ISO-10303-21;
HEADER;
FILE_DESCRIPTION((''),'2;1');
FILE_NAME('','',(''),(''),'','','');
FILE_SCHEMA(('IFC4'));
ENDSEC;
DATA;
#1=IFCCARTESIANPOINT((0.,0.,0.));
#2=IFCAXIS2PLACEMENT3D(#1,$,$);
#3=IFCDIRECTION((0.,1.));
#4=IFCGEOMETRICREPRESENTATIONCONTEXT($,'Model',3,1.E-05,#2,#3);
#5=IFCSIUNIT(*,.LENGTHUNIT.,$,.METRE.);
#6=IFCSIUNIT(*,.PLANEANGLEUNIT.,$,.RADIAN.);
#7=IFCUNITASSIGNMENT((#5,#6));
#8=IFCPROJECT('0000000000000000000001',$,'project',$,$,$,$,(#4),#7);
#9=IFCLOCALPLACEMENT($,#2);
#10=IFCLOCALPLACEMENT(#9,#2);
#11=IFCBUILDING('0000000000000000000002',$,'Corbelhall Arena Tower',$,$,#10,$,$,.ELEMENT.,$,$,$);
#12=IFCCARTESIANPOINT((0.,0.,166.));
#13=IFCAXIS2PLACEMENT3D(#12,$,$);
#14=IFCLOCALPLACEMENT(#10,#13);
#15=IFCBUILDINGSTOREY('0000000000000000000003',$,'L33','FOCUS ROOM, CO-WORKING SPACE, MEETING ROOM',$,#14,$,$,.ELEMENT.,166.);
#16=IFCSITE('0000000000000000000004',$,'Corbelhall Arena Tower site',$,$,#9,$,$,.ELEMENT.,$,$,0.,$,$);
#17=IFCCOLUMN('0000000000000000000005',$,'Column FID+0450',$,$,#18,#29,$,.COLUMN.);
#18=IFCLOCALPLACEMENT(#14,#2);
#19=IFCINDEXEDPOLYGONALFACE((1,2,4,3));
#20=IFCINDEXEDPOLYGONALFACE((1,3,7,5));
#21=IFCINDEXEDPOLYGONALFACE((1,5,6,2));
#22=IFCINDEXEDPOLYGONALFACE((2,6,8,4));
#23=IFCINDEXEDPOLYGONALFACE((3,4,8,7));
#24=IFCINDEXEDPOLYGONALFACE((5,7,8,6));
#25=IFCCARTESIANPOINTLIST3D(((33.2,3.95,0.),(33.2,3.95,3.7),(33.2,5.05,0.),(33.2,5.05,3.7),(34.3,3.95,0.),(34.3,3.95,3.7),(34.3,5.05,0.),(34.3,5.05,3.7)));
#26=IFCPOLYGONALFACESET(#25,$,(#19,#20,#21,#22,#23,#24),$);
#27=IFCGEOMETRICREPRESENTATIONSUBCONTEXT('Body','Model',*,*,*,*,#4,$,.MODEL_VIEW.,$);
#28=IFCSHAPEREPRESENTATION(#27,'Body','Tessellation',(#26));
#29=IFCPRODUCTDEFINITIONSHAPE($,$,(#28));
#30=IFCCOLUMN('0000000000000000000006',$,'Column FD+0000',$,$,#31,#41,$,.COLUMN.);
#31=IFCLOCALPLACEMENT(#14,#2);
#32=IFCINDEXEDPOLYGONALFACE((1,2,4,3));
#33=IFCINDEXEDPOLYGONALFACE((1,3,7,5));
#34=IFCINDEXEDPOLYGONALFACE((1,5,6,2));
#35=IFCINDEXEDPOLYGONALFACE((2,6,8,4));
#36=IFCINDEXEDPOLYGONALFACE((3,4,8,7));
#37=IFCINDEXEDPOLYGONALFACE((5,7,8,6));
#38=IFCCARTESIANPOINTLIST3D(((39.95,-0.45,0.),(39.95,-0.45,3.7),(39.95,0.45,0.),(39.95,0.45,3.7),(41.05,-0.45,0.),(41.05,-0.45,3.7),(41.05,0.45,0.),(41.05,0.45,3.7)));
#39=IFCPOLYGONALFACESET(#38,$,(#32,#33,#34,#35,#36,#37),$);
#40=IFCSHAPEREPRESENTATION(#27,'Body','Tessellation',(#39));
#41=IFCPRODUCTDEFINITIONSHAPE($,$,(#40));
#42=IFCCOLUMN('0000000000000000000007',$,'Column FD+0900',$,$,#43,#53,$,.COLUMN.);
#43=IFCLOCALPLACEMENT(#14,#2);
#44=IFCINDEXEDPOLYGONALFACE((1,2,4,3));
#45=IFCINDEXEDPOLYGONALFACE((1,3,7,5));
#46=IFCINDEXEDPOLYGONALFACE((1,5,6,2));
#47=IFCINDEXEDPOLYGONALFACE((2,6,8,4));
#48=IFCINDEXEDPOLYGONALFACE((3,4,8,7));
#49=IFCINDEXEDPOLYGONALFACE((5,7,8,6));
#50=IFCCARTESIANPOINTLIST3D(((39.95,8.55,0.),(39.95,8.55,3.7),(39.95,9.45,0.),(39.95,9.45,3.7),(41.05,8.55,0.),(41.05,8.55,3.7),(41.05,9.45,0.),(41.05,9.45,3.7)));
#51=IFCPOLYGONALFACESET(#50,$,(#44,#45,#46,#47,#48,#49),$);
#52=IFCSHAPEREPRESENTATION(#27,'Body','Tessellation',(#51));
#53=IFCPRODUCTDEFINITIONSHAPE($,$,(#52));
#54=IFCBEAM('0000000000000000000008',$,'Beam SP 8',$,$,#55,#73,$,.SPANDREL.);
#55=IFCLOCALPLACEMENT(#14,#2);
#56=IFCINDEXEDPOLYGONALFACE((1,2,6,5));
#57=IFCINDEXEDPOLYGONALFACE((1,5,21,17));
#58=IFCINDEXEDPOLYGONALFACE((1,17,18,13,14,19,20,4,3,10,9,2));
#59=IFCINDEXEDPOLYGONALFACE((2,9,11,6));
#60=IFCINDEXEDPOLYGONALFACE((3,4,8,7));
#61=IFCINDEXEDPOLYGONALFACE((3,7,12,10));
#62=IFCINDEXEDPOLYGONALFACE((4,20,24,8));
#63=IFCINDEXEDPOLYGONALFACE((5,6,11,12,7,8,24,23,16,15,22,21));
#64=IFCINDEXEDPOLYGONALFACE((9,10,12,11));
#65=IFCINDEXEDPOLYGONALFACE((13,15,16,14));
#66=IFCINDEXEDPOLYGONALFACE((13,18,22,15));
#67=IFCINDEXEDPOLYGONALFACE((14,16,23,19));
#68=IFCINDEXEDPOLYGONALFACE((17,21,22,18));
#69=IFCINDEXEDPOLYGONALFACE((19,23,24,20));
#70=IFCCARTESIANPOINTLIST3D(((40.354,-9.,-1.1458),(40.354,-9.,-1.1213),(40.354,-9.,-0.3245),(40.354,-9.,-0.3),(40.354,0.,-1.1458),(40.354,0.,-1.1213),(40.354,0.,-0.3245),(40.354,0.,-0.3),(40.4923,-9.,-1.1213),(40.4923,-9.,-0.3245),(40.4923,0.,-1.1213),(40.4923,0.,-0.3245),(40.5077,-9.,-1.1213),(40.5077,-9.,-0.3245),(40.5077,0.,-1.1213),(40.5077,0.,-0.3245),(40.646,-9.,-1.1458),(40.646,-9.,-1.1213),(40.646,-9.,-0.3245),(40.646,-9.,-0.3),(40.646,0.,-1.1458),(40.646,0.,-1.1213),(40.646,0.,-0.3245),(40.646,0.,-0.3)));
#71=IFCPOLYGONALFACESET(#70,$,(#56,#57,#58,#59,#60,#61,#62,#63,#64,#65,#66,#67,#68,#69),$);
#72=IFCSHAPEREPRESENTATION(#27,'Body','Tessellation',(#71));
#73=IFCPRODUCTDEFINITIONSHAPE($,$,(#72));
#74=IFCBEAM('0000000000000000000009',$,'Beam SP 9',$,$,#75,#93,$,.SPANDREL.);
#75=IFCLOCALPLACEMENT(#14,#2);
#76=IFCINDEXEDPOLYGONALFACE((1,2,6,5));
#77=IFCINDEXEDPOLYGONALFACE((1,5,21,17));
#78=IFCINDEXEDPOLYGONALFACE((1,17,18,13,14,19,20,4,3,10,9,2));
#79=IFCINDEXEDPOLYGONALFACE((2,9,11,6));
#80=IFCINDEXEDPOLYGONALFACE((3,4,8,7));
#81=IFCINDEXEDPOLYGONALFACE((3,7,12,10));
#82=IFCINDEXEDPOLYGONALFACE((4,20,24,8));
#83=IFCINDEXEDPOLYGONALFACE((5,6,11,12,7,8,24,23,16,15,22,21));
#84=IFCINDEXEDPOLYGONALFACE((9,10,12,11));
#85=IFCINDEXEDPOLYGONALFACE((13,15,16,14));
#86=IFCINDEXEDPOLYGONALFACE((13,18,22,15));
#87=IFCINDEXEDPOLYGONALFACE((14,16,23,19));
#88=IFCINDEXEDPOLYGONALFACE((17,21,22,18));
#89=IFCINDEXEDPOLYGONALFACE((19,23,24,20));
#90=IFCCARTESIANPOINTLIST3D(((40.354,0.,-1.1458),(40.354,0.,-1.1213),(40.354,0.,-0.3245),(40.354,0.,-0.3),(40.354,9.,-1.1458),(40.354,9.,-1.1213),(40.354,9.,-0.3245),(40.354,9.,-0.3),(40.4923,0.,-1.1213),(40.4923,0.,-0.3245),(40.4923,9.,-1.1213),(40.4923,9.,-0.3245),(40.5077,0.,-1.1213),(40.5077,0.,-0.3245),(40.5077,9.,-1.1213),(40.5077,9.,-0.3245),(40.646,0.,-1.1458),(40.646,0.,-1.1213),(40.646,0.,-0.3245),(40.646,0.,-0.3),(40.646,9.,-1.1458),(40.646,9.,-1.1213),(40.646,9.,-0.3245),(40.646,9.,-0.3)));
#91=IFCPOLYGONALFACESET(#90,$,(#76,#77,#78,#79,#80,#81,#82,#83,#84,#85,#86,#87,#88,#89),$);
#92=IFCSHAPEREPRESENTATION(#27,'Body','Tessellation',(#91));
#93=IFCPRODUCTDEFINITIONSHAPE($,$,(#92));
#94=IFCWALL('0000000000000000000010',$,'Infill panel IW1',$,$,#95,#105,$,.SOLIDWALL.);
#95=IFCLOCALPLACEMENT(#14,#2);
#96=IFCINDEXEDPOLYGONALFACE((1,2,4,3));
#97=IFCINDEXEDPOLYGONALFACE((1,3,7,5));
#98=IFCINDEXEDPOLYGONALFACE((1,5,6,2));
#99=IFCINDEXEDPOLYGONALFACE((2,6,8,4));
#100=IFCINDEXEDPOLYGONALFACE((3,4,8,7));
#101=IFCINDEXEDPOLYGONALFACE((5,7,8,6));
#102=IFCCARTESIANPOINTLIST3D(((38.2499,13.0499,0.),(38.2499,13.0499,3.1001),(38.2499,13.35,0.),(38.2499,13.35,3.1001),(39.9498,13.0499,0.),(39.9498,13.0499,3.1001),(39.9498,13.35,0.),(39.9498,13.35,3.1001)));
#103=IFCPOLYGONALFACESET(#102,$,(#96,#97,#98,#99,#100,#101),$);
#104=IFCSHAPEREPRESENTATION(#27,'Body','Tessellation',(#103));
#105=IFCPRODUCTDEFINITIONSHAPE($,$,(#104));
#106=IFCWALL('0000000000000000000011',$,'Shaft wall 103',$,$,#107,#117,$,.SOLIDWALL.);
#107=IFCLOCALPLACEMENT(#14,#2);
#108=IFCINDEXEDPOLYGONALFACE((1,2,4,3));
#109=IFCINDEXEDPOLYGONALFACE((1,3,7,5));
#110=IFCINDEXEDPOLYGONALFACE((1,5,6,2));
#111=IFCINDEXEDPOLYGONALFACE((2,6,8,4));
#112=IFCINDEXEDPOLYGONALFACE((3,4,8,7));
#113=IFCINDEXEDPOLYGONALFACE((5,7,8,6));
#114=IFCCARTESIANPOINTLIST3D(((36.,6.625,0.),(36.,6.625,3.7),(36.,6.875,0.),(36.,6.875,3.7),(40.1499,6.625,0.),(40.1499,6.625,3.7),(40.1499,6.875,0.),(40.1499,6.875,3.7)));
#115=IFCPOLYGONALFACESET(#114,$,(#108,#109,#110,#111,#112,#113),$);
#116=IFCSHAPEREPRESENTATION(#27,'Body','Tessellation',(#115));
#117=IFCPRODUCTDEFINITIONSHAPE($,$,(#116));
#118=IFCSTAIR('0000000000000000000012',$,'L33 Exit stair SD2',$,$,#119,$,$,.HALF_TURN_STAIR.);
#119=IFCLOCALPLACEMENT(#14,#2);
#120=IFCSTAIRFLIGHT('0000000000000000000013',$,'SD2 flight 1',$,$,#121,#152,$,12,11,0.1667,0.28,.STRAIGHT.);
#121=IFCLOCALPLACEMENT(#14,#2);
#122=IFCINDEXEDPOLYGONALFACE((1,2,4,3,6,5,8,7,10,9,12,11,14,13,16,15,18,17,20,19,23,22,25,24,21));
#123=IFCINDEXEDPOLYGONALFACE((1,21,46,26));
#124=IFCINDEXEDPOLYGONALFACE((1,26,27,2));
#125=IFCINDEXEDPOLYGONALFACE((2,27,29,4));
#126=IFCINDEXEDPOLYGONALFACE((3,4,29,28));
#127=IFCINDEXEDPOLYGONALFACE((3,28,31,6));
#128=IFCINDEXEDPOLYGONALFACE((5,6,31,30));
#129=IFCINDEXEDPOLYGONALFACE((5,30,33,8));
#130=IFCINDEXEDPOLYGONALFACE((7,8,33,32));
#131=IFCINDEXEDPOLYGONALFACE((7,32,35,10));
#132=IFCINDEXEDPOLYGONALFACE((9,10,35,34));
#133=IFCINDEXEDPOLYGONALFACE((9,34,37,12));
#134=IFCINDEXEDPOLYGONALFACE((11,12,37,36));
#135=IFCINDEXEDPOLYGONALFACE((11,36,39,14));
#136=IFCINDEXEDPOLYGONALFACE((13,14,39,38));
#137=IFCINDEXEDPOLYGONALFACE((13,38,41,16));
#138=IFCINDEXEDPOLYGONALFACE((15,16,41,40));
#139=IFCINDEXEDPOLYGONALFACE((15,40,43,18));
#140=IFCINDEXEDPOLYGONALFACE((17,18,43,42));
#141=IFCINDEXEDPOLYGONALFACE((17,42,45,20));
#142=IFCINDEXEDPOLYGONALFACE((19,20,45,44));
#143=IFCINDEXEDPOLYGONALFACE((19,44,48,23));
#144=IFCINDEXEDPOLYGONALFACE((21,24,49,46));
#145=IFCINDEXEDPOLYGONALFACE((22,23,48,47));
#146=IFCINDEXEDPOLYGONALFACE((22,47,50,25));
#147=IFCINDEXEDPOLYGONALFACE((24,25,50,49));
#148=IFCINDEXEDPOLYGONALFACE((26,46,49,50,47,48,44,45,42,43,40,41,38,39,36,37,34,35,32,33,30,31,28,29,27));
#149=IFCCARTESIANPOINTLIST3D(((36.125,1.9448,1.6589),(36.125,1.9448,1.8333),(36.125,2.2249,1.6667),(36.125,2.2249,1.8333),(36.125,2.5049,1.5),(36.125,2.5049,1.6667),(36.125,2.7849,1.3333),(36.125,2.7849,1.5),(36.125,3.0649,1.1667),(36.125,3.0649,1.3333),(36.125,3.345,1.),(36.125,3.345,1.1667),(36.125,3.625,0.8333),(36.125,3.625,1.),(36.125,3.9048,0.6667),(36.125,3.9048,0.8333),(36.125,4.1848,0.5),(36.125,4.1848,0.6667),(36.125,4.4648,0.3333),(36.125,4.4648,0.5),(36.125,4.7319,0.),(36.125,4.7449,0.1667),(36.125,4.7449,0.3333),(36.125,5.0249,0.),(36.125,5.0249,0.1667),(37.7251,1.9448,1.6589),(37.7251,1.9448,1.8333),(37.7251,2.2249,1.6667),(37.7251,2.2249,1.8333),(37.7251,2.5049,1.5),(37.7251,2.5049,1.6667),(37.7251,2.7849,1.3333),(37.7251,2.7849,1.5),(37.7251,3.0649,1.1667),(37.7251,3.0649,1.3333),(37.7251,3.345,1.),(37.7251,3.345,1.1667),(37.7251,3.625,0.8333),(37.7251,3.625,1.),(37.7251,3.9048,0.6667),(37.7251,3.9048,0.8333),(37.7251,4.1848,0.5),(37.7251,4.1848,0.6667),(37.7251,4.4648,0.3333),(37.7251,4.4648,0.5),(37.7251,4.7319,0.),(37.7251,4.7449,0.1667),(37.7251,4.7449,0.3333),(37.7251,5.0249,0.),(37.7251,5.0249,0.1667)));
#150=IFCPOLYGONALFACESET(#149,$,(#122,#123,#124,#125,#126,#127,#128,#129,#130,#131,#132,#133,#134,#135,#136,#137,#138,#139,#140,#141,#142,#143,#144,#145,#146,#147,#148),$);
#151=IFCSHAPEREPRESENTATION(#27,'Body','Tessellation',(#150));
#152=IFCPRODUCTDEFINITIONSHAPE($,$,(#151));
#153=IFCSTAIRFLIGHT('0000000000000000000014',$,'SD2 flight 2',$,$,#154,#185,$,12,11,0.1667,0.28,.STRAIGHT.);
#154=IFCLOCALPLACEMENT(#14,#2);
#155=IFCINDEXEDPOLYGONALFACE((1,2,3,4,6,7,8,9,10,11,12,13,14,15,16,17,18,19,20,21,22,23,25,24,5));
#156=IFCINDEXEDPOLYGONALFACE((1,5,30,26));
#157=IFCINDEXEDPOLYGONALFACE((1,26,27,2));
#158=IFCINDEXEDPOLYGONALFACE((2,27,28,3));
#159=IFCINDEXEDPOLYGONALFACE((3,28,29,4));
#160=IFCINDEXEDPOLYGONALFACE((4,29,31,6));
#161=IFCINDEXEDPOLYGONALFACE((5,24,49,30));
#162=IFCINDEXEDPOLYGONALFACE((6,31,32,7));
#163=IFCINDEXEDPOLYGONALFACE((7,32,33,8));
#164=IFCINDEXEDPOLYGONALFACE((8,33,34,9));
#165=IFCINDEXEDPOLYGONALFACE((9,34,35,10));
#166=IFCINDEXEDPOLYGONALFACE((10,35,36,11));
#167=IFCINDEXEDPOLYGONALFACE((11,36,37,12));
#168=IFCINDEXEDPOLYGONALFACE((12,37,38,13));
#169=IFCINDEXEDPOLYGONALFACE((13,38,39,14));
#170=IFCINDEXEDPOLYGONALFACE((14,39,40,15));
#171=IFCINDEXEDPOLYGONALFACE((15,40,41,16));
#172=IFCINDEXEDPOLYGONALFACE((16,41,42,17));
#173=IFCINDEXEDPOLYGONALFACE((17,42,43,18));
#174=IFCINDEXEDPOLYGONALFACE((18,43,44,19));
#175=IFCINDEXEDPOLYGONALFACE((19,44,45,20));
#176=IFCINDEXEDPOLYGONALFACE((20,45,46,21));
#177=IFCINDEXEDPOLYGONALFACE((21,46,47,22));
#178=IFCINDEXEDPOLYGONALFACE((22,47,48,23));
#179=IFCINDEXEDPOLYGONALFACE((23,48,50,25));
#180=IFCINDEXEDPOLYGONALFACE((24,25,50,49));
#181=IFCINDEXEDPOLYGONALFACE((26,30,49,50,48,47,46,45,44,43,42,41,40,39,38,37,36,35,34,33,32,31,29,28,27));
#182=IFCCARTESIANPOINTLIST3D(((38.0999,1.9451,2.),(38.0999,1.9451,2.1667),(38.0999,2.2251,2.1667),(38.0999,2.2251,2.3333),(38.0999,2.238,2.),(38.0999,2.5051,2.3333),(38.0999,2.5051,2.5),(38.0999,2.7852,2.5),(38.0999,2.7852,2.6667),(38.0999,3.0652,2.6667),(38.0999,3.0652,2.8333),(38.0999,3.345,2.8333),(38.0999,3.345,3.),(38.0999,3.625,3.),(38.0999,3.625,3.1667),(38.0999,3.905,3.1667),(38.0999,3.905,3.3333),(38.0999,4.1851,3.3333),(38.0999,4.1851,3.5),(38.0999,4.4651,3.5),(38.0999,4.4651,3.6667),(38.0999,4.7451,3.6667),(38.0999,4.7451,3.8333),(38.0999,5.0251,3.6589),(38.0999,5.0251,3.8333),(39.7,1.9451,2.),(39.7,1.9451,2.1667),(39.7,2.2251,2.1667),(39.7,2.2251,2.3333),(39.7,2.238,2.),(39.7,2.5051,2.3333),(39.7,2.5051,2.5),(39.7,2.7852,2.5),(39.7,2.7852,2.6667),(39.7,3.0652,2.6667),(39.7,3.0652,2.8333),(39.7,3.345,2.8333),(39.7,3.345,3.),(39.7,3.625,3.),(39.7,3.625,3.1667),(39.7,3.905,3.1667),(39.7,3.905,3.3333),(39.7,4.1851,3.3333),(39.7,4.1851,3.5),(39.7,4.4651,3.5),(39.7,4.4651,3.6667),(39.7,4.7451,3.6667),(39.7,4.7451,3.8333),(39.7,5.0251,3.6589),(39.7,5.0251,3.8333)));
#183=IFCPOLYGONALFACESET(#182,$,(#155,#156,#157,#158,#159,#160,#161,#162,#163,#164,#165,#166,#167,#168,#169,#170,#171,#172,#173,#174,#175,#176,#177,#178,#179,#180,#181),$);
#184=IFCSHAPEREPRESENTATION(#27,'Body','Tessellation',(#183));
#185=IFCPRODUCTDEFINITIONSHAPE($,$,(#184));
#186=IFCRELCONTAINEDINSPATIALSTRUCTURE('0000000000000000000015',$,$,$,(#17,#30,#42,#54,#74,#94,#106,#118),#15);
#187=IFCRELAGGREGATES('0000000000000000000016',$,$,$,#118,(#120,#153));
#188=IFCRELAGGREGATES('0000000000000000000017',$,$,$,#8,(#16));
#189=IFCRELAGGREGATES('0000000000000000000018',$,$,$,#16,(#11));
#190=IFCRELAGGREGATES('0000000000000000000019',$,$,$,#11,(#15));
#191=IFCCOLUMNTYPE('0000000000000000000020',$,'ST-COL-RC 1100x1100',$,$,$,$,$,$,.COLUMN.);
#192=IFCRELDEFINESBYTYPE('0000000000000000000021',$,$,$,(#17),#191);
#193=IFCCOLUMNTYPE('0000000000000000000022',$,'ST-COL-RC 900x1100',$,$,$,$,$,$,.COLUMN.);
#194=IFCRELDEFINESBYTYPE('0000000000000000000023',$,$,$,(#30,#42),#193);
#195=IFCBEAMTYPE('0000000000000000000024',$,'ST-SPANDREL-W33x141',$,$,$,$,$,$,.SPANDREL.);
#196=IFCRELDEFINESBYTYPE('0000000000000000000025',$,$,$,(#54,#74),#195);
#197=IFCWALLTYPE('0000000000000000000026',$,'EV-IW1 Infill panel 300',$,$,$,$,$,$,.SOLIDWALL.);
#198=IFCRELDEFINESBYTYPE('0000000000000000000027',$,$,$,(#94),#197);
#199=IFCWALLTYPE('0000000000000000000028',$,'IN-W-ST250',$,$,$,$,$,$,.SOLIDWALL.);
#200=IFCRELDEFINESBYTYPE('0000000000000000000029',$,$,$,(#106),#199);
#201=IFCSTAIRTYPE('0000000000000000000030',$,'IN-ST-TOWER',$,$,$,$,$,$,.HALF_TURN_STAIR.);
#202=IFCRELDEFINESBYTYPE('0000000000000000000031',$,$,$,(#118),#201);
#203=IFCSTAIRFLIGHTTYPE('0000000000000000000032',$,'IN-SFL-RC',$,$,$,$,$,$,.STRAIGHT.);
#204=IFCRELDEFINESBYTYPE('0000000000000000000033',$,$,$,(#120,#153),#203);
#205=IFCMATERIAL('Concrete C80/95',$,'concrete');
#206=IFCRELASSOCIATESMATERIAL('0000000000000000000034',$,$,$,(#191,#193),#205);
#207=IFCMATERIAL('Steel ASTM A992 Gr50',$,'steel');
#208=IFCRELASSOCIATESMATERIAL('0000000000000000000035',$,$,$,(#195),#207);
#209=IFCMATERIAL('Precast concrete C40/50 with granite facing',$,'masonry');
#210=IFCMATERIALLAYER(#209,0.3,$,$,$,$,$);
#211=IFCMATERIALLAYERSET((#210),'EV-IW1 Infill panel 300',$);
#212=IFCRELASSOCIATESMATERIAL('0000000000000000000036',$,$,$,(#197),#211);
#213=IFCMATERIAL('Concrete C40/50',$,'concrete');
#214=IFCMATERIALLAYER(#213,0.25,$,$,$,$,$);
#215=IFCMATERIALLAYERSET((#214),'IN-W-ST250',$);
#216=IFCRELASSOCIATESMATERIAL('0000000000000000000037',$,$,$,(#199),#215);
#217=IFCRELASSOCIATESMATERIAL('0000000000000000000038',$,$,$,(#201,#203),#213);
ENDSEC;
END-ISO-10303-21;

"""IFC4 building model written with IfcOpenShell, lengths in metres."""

from ifc_helpers import new_model, si_unit, direction, frame, frame_2d, origin, origin_2d, place, context, subcontext, project, spatial, polyline, rectangle, i_section, outline, extrude, material, layer, layer_set, material_profile, profile_set, type_object, element, aggregate, save


model = new_model("IFC4")

# Units and contexts
model_context = context("Model", 3, precision=1e-05, world=origin(), true_north=direction((0.0, 1.0)))
body_context = subcontext(model_context, "Body", "Model", "MODEL_VIEW")
ifc_project = project(units=[si_unit("LENGTHUNIT", "METRE"), si_unit("PLANEANGLEUNIT", "RADIAN")], contexts=[model_context])

# Site, building, storey
site_placement = place(None, origin())
site = spatial("IfcSite", under=ifc_project, at=site_placement, Name="Corbelhall Arena Tower site", CompositionType="ELEMENT", RefElevation=0.0)
building_placement = place(site_placement, origin())
building = spatial("IfcBuilding", under=site, at=building_placement, Name="Corbelhall Arena Tower", CompositionType="ELEMENT")
storey_placement = place(building_placement, frame((0.0, 0.0, 166.0)))
storey = spatial("IfcBuildingStorey", under=building, at=storey_placement, Name="L33", Description="FOCUS ROOM, CO-WORKING SPACE, MEETING ROOM", CompositionType="ELEMENT", Elevation=166.0)

# Columns
ifc_material_1 = material(Name="Concrete C80/95", Category="concrete")
ifc_material_profile_1 = material_profile(ifc_material_1, rectangle(XDim=1.1001, YDim=1.1001, at=origin_2d()))
ifc_profile_set_1 = profile_set([ifc_material_profile_1], Name="Concrete C80/95")
column_type_1 = type_object("IfcColumnType", Name="ST-COL-RC 1100x1100", PredefinedType="COLUMN", material=ifc_profile_set_1)
column_placement = place(storey_placement, frame((33.75, 4.5, 0.0), z_axis=(0.0, 0.0, 1.0), x_axis=(1.0, 0.0, 0.0)))
element("IfcColumn", 1, at=column_placement, inside=storey, type_object=column_type_1, Name="Column FID+0450", PredefinedType="COLUMN", context=body_context, shape_type="SweptSolid", body=[
    extrude(rectangle(XDim=1.1001, YDim=1.1001, at=origin_2d()), origin(), (0.0, 0.0, 1.0), 3.7),
])
ifc_material_profile_2 = material_profile(ifc_material_1, rectangle(XDim=0.8999, YDim=1.1001, at=origin_2d()))
ifc_profile_set_2 = profile_set([ifc_material_profile_2], Name="Concrete C80/95")
column_type_2 = type_object("IfcColumnType", Name="ST-COL-RC 900x1100", PredefinedType="COLUMN", material=ifc_profile_set_2)
for number, where, z_axis, x_axis, name in (
    (2, (40.5, 0.0, 0.0), (0.0, 0.0, 1.0), (0.0, 1.0, 0.0), "Column FD+0000"),
    (3, (40.5, 9.0, 0.0), (0.0, 0.0, 1.0), (0.0, 1.0, 0.0), "Column FD+0900"),
):
    element("IfcColumn", number, at=place(storey_placement, frame(where, z_axis=z_axis, x_axis=x_axis)), inside=storey, type_object=column_type_2, Name=name, PredefinedType="COLUMN", context=body_context, shape_type="SweptSolid", body=[
        extrude(rectangle(XDim=0.8999, YDim=1.1001, at=origin_2d()), origin(), (0.0, 0.0, 1.0), 3.7),
    ])

# Beams
ifc_material_2 = material(Name="Steel ASTM A992 Gr50", Category="steel")
ifc_material_profile_3 = material_profile(ifc_material_2, i_section(OverallWidth=0.292, OverallDepth=0.8457, WebThickness=0.0154, FlangeThickness=0.0244, at=origin_2d()))
ifc_profile_set_3 = profile_set([ifc_material_profile_3], Name="Steel ASTM A992 Gr50")
beam_type = type_object("IfcBeamType", Name="ST-SPANDREL-W33x141", PredefinedType="SPANDREL", material=ifc_profile_set_3)
for number, where, z_axis, x_axis, name in (
    (4, (40.5, 0.0, -0.7229), (0.0, -1.0, 0.0), (1.0, 0.0, 0.0), "Beam SP 8"),
    (5, (40.5, 9.0, -0.7229), (0.0, -1.0, 0.0), (1.0, 0.0, 0.0), "Beam SP 9"),
):
    element("IfcBeam", number, at=place(storey_placement, frame(where, z_axis=z_axis, x_axis=x_axis)), inside=storey, type_object=beam_type, Name=name, PredefinedType="SPANDREL", context=body_context, shape_type="SweptSolid", body=[
        extrude(i_section(OverallWidth=0.292, OverallDepth=0.8457, WebThickness=0.0154, FlangeThickness=0.0244, at=origin_2d()), origin(), (0.0, 0.0, 1.0), 9.0),
    ])

# Wall
ifc_material_3 = material(Name="Precast concrete C40/50 with granite facing", Category="masonry")
ifc_layer_1 = layer(ifc_material_3, 0.3)
ifc_layer_set_1 = layer_set([ifc_layer_1], Name="EV-IW1 Infill panel 300")
wall_type_1 = type_object("IfcWallType", Name="EV-IW1 Infill panel 300", PredefinedType="SOLIDWALL", material=ifc_layer_set_1)
wall_1_placement = place(storey_placement, frame((39.95, 13.2, 0.0), z_axis=(0.0, 0.0, 1.0), x_axis=(-1.0, 0.0, 0.0)))
element("IfcWall", 6, at=wall_1_placement, inside=storey, type_object=wall_type_1, Name="Infill panel IW1", PredefinedType="SOLIDWALL", context=body_context, shape_type="SweptSolid", body=[
    extrude(rectangle(XDim=1.7, YDim=0.3, at=frame_2d((0.8501, 0.0))), origin(), (0.0, 0.0, 1.0), 3.1001),
])

# Wall
ifc_material_4 = material(Name="Concrete C40/50", Category="concrete")
ifc_layer_2 = layer(ifc_material_4, 0.25)
ifc_layer_set_2 = layer_set([ifc_layer_2], Name="IN-W-ST250")
wall_type_2 = type_object("IfcWallType", Name="IN-W-ST250", PredefinedType="SOLIDWALL", material=ifc_layer_set_2)
wall_2_placement = place(storey_placement, frame((36.0, 6.75, 0.0), z_axis=(0.0, 0.0, 1.0), x_axis=(1.0, 0.0, 0.0)))
element("IfcWall", 7, at=wall_2_placement, inside=storey, type_object=wall_type_2, Name="Shaft wall 103", PredefinedType="SOLIDWALL", context=body_context, shape_type="SweptSolid", body=[
    extrude(rectangle(XDim=4.1499, YDim=0.25, at=frame_2d((2.075, 0.0))), origin(), (0.0, 0.0, 1.0), 3.7),
])

# Stair, stair flights
stair_type = type_object("IfcStairType", Name="IN-ST-TOWER", PredefinedType="HALF_TURN_STAIR", material=ifc_material_4)
stair_placement = place(storey_placement, origin())
stair = element("IfcStair", 8, at=stair_placement, inside=storey, type_object=stair_type, Name="L33 Exit stair SD2", PredefinedType="HALF_TURN_STAIR")
stair_flight_type = type_object("IfcStairFlightType", Name="IN-SFL-RC", PredefinedType="STRAIGHT", material=ifc_material_4)
stair_flight_1_placement = place(storey_placement, frame((36.925, 5.0249, 0.0), z_axis=(0.0, 0.0, 1.0), x_axis=(0.0, -1.0, 0.0)))
stair_flight_1 = element("IfcStairFlight", 9, at=stair_flight_1_placement, type_object=stair_flight_type, Name="SD2 flight 1", NumberOfRisers=12, NumberOfTreads=11, PredefinedType="STRAIGHT", RiserHeight=0.1667, TreadLength=0.28, context=body_context, shape_type="SweptSolid", body=[
    extrude(outline(polyline([(0.0, 0.0), (0.0, 0.1667), (0.28, 0.1667), (0.28, 0.3333), (0.5601, 0.3333), (0.5601, 0.5), (0.8401, 0.5), (0.8401, 0.6667), (1.1201, 0.6667), (1.1201, 0.8333), (1.3999, 0.8333), (1.3999, 1.0), (1.6799, 1.0), (1.6799, 1.1667), (1.96, 1.1667), (1.96, 1.3333), (2.24, 1.3333), (2.24, 1.5), (2.52, 1.5), (2.52, 1.6667), (2.8, 1.6667), (2.8, 1.8333), (3.0801, 1.8333), (3.0801, 2.0), (3.0801, 1.6589), (0.293, 0.0), (0.0, 0.0)])), frame((0.0, 0.8, 0.0), z_axis=(0.0, -1.0, 0.0), x_axis=(1.0, 0.0, 0.0)), (0.0, 0.0, 1.0), 1.6001),
])
stair_flight_2_placement = place(storey_placement, frame((38.8999, 1.9451, 2.0), z_axis=(0.0, 0.0, 1.0), x_axis=(0.0, 1.0, 0.0)))
stair_flight_2 = element("IfcStairFlight", 10, at=stair_flight_2_placement, type_object=stair_flight_type, Name="SD2 flight 2", NumberOfRisers=12, NumberOfTreads=11, PredefinedType="STRAIGHT", RiserHeight=0.1667, TreadLength=0.28, context=body_context, shape_type="SweptSolid", body=[
    extrude(outline(polyline([(0.0, 0.0), (0.0, 0.1667), (0.28, 0.1667), (0.28, 0.3333), (0.5601, 0.3333), (0.5601, 0.5), (0.8401, 0.5), (0.8401, 0.6667), (1.1201, 0.6667), (1.1201, 0.8333), (1.3999, 0.8333), (1.3999, 1.0), (1.6799, 1.0), (1.6799, 1.1667), (1.96, 1.1667), (1.96, 1.3333), (2.24, 1.3333), (2.24, 1.5), (2.52, 1.5), (2.52, 1.6667), (2.8, 1.6667), (2.8, 1.8333), (3.0801, 1.8333), (3.0801, 2.0), (3.0801, 1.6589), (0.293, 0.0), (0.0, 0.0)])), frame((0.0, 0.8, 0.0), z_axis=(0.0, -1.0, 0.0), x_axis=(1.0, 0.0, 0.0)), (0.0, 0.0, 1.0), 1.6001),
])
aggregate(stair, [stair_flight_1, stair_flight_2])

save(model, "model.ifc")
